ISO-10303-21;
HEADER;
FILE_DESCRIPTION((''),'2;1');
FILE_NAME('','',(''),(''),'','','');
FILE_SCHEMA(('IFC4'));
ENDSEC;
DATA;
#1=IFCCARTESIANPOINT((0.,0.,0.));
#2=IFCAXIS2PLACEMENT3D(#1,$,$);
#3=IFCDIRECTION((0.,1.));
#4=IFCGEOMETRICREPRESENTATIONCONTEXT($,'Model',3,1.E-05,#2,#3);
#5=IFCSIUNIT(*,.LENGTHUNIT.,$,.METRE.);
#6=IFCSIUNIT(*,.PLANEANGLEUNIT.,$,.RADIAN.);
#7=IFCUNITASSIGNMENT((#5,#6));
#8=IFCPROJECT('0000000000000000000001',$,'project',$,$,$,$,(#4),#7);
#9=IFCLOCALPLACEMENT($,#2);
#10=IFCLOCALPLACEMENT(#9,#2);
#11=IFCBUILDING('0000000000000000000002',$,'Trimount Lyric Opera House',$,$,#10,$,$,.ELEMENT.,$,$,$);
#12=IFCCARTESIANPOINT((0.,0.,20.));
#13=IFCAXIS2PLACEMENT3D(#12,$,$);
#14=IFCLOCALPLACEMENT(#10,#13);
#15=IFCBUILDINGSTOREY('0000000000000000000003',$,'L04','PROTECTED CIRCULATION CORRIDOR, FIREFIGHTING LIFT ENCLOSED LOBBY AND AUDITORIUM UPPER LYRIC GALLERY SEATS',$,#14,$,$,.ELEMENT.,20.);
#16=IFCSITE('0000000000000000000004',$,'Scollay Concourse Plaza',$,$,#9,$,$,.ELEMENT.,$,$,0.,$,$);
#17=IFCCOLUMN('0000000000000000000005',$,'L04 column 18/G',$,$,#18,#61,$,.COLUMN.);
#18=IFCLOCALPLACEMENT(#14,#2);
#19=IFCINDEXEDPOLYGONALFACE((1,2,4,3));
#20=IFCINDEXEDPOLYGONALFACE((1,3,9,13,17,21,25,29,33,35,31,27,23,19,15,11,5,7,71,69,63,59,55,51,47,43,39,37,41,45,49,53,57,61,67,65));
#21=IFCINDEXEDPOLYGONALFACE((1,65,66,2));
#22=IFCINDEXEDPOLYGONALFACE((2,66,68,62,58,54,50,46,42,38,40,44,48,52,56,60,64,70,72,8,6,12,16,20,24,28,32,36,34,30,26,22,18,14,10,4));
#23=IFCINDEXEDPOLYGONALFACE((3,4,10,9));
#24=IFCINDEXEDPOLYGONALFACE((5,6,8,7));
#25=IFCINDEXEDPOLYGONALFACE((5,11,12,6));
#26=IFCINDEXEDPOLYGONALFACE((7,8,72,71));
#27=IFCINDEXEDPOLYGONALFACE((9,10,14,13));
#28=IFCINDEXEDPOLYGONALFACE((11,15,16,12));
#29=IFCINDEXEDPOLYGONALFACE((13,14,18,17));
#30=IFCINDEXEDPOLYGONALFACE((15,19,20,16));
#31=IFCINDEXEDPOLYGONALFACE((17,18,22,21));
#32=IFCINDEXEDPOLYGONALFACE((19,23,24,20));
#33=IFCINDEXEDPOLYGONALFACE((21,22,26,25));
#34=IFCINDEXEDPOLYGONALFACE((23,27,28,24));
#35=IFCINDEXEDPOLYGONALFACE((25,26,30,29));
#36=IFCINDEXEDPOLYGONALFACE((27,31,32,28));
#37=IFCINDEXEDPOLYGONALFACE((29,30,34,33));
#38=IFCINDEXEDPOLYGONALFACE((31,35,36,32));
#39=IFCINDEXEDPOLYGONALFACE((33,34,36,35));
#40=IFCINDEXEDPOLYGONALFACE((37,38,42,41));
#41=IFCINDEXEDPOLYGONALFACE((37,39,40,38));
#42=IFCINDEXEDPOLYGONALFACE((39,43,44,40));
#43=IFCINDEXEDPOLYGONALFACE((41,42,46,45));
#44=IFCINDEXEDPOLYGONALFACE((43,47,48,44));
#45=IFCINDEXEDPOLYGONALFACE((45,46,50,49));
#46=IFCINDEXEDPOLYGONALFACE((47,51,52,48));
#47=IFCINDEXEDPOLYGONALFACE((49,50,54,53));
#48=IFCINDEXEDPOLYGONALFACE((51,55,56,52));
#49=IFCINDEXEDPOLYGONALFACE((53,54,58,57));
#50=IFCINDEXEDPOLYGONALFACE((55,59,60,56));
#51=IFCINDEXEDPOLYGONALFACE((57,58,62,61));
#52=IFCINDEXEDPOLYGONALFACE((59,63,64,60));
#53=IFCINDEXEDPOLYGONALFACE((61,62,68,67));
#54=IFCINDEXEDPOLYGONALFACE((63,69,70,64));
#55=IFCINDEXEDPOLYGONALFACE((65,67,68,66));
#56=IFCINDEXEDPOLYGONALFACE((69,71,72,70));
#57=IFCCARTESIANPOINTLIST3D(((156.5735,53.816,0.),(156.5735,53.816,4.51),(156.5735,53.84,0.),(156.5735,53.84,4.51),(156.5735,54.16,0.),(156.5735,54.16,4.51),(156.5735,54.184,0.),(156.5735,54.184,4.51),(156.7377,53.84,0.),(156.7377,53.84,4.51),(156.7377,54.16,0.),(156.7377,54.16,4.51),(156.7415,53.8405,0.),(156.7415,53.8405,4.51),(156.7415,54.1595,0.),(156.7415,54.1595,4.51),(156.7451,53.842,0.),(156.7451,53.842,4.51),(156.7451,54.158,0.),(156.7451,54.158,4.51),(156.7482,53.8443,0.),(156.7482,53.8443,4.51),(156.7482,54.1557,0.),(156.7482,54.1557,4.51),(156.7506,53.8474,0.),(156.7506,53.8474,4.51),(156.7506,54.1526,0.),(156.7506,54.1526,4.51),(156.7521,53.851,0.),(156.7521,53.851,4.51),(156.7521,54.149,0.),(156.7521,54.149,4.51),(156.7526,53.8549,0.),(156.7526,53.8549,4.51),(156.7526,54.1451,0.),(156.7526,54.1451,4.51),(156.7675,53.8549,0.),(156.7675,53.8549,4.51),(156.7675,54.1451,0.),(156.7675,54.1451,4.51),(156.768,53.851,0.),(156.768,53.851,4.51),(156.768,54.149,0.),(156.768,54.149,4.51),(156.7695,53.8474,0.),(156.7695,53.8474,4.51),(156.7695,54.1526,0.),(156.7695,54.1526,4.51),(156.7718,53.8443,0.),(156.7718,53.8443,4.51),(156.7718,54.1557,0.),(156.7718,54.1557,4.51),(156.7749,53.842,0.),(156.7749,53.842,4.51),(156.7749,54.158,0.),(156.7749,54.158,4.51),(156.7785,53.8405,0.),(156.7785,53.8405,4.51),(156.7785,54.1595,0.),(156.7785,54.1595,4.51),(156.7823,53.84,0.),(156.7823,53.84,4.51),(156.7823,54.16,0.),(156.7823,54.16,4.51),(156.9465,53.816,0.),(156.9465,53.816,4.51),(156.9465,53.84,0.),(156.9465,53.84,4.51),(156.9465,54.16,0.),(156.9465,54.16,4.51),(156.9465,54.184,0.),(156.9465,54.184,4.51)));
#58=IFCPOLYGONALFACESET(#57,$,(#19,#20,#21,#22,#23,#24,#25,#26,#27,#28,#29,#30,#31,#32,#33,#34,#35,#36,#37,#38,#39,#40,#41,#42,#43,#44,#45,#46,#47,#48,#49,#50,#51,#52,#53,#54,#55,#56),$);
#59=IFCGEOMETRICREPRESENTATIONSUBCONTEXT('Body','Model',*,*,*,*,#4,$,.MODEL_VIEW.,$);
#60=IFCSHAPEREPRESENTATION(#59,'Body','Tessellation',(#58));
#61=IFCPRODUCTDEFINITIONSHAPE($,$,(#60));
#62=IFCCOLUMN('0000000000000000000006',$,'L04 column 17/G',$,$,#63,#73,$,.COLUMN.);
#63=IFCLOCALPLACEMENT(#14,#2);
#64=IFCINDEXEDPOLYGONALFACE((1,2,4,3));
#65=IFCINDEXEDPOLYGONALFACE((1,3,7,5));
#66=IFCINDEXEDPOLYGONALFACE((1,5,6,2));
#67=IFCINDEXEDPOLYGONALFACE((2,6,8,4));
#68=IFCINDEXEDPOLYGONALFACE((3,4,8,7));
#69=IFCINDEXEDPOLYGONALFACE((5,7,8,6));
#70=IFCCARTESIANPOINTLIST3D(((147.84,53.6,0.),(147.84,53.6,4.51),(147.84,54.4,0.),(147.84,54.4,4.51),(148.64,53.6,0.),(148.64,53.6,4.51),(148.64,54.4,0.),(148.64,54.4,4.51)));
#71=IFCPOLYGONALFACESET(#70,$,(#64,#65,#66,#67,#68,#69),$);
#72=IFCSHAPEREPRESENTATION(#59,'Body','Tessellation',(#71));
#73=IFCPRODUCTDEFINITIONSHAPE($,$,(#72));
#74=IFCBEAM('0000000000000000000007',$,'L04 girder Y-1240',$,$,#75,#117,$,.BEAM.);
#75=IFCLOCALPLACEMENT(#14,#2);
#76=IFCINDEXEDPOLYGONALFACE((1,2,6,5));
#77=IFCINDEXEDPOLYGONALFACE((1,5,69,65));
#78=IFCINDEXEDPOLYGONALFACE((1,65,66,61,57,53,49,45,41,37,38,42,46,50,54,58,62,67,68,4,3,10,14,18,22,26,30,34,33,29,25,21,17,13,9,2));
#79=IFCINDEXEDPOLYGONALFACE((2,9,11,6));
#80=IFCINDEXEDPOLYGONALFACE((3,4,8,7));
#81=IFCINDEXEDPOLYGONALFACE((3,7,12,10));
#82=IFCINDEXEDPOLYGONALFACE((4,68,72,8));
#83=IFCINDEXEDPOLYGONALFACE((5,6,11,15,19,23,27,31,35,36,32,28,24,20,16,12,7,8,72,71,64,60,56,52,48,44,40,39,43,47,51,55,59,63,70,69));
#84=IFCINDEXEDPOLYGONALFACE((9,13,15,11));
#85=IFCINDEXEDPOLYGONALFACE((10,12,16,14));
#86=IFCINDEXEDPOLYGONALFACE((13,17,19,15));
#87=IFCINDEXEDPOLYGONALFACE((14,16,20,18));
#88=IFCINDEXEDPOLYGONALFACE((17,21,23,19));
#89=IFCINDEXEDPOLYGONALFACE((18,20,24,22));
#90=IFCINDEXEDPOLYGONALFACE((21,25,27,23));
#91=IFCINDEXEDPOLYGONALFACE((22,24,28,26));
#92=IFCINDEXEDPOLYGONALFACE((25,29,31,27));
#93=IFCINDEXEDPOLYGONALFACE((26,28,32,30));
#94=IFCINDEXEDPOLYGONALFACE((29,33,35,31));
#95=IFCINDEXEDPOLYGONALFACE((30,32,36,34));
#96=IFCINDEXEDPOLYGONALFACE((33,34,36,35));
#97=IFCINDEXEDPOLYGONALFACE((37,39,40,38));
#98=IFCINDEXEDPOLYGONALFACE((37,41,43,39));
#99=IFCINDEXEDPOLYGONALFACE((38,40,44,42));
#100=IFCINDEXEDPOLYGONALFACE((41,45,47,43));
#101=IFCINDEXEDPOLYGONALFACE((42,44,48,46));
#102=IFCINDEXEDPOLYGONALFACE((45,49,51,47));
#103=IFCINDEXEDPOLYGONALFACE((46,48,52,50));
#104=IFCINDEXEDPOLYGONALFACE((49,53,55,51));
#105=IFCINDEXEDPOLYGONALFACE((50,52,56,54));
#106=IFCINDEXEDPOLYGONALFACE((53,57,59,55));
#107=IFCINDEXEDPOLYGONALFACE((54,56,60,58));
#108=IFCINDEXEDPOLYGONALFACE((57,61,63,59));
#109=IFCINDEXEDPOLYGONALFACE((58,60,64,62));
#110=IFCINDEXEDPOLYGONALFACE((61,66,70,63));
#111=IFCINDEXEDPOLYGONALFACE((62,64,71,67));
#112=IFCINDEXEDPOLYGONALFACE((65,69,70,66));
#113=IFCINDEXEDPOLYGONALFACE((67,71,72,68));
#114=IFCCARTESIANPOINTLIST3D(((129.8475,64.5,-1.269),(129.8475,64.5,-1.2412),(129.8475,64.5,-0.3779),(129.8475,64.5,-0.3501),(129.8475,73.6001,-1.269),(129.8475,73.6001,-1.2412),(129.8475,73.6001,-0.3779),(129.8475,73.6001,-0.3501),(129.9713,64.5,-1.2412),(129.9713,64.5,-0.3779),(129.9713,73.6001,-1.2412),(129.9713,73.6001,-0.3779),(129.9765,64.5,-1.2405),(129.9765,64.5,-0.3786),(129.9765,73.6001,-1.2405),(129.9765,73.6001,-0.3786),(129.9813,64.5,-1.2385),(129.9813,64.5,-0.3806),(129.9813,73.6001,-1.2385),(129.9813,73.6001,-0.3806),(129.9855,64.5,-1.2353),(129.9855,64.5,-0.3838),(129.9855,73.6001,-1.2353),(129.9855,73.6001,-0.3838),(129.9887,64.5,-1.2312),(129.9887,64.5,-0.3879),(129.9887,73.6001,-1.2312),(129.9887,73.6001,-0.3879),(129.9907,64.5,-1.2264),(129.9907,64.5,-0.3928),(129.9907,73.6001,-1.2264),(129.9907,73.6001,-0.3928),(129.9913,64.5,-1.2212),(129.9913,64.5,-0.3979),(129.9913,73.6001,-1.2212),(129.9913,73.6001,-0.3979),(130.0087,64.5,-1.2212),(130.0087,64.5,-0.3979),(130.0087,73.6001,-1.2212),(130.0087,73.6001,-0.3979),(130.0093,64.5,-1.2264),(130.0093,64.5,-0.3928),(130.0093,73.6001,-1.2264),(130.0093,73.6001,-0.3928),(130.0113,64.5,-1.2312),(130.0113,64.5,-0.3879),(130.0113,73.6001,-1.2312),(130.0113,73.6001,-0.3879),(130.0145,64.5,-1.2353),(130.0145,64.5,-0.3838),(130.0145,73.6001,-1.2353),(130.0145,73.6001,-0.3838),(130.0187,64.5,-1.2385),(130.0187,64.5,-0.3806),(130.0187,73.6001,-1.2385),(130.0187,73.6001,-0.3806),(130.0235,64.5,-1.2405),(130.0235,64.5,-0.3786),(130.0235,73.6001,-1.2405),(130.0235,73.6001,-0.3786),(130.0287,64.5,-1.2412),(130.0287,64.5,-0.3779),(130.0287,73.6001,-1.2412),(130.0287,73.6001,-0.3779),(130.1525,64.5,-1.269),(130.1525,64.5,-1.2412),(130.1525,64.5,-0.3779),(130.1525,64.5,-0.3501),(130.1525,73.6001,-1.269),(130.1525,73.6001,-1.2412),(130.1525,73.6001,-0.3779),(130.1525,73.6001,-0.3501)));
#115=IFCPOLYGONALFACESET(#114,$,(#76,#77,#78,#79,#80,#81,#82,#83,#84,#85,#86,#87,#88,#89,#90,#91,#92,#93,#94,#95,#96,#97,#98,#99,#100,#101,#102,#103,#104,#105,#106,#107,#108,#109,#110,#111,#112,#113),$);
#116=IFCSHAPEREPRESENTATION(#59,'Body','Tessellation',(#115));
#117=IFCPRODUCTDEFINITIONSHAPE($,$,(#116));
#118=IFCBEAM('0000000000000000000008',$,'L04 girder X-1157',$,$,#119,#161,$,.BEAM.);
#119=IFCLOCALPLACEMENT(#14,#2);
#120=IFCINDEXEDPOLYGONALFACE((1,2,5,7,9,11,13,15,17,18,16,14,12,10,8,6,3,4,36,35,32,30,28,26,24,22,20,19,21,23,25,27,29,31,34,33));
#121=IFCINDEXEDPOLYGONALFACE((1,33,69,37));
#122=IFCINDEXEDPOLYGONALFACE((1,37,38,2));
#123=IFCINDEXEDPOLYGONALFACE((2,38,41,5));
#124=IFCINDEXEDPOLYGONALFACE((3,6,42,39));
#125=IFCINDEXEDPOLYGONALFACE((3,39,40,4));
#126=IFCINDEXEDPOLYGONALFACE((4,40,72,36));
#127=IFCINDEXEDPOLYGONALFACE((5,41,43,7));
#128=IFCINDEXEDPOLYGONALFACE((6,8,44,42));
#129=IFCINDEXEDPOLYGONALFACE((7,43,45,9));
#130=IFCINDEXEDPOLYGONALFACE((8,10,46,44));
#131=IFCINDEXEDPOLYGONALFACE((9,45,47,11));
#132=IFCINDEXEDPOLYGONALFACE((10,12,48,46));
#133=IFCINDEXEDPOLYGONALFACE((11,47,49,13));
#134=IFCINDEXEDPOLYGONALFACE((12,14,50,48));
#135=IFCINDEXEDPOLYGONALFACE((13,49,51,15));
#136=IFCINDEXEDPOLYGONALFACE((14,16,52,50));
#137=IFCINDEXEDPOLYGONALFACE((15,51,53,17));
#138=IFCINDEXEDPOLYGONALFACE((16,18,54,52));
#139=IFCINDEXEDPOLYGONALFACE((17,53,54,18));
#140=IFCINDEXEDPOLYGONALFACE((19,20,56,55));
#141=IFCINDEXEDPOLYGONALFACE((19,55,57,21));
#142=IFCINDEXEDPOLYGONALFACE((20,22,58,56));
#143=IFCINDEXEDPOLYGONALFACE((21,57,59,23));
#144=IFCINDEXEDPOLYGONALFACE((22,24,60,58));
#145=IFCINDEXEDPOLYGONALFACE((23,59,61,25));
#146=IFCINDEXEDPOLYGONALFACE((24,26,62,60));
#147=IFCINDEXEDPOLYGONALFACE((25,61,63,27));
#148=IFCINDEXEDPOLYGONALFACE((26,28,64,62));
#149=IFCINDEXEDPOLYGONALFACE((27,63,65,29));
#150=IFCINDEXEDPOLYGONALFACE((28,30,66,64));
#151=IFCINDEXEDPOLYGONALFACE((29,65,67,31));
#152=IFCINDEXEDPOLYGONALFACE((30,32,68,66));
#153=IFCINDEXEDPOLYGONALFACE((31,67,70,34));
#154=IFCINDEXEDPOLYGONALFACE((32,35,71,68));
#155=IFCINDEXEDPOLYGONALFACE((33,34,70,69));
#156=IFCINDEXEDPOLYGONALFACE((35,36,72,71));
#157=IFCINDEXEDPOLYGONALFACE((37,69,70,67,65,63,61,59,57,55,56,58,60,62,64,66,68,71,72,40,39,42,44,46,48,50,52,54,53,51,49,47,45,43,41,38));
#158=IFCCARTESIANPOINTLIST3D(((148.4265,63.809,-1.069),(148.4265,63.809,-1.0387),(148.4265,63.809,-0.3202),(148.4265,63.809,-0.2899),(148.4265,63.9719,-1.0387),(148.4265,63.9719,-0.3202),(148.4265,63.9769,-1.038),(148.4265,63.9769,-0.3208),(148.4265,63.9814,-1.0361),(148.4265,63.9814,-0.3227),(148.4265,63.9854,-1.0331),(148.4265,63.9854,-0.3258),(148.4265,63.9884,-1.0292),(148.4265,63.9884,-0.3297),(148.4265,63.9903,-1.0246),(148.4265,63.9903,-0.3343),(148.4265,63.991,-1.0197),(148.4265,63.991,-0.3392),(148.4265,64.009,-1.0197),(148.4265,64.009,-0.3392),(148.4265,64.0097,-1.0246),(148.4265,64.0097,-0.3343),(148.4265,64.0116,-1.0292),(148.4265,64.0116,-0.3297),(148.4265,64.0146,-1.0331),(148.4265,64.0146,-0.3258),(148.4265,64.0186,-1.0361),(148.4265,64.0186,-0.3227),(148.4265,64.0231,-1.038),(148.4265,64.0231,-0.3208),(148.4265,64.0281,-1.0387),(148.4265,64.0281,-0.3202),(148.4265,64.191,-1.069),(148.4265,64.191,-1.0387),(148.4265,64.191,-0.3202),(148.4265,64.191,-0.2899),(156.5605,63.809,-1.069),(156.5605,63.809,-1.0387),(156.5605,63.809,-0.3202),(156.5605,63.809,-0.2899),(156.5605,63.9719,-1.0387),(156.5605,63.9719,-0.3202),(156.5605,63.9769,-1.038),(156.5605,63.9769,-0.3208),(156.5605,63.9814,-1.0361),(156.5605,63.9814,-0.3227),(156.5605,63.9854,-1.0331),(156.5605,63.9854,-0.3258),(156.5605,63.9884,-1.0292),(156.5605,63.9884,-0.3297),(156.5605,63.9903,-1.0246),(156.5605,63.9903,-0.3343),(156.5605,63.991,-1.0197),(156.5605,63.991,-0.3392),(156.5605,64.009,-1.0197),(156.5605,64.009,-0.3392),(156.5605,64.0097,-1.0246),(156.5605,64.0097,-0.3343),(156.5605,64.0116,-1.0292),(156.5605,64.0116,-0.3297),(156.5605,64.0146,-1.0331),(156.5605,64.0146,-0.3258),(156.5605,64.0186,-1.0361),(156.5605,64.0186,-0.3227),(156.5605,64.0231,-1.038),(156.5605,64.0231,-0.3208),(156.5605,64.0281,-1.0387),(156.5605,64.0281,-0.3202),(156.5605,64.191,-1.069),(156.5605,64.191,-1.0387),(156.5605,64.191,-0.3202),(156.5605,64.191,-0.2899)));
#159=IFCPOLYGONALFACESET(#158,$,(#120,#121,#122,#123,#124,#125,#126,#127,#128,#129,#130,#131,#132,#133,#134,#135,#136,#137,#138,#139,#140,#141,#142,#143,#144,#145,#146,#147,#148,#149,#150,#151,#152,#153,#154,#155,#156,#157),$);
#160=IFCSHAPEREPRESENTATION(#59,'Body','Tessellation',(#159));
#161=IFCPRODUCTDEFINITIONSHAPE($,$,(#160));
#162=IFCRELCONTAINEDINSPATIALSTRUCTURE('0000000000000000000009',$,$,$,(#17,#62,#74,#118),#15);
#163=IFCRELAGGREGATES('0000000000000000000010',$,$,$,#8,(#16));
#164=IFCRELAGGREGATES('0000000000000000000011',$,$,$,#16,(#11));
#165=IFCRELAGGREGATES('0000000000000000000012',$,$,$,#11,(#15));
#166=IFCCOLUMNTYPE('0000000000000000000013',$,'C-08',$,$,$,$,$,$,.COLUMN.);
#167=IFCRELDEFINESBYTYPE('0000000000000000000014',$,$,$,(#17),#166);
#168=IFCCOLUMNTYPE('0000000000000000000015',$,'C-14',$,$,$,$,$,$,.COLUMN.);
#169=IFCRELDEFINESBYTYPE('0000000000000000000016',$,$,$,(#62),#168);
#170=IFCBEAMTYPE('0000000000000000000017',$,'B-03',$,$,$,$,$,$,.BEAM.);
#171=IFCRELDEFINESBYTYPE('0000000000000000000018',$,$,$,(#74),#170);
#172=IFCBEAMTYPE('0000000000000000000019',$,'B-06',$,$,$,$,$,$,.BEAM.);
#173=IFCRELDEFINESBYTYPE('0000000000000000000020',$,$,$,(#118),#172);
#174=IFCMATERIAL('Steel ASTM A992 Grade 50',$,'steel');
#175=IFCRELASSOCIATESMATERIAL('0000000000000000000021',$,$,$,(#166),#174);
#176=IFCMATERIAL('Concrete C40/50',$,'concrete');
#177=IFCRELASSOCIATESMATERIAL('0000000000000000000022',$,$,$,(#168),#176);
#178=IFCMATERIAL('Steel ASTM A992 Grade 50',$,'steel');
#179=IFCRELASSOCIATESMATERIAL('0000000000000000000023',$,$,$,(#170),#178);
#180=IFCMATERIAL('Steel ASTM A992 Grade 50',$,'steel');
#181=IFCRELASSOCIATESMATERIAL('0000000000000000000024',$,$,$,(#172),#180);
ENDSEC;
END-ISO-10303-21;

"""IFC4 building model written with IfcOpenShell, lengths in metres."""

from ifc_helpers import new_model, si_unit, direction, frame, origin, origin_2d, place, context, subcontext, project, spatial, rectangle, i_section, extrude, material, material_profile, profile_set, type_object, element, save


model = new_model("IFC4")

# Units and contexts
model_context = context("Model", 3, precision=1e-05, world=origin(), true_north=direction((0.0, 1.0)))
body_context = subcontext(model_context, "Body", "Model", "MODEL_VIEW")
ifc_project = project(units=[si_unit("LENGTHUNIT", "METRE"), si_unit("PLANEANGLEUNIT", "RADIAN")], contexts=[model_context])

# Site, building, storey
site_placement = place(None, origin())
site = spatial("IfcSite", under=ifc_project, at=site_placement, Name="Scollay Concourse Plaza", CompositionType="ELEMENT", RefElevation=0.0)
building_placement = place(site_placement, origin())
building = spatial("IfcBuilding", under=site, at=building_placement, Name="Trimount Lyric Opera House", CompositionType="ELEMENT")
storey_placement = place(building_placement, frame((0.0, 0.0, 20.0)))
storey = spatial("IfcBuildingStorey", under=building, at=storey_placement, Name="L04", Description="PROTECTED CIRCULATION CORRIDOR, FIREFIGHTING LIFT ENCLOSED LOBBY AND AUDITORIUM UPPER LYRIC GALLERY SEATS", CompositionType="ELEMENT", Elevation=20.0)

# Columns
ifc_material_1 = material(Name="Steel ASTM A992 Grade 50", Category="steel")
ifc_material_profile_1 = material_profile(ifc_material_1, i_section(OverallWidth=0.373, OverallDepth=0.3679, WebThickness=0.0149, FlangeThickness=0.0239, FilletRadius=0.0149, at=origin_2d()), Name="W14X120")
ifc_profile_set_1 = profile_set([ifc_material_profile_1], Name="Steel ASTM A992 Grade 50")
column_type_1 = type_object("IfcColumnType", Name="C-08", PredefinedType="COLUMN", material=ifc_profile_set_1)
column_1_placement = place(storey_placement, frame((156.76, 54.0, 0.0), z_axis=(0.0, 0.0, 1.0), x_axis=(1.0, 0.0, 0.0)))
element("IfcColumn", 1, at=column_1_placement, inside=storey, type_object=column_type_1, Name="L04 column 18/G", PredefinedType="COLUMN", context=body_context, shape_type="SweptSolid", body=[
    extrude(i_section(OverallWidth=0.373, OverallDepth=0.3679, WebThickness=0.0149, FlangeThickness=0.0239, FilletRadius=0.0149, at=origin_2d()), origin(), (0.0, 0.0, 1.0), 4.51),
])
ifc_material_2 = material(Name="Concrete C40/50", Category="concrete")
ifc_material_profile_2 = material_profile(ifc_material_2, rectangle(XDim=0.8, YDim=0.8, at=origin_2d()), Name="RC800X800")
ifc_profile_set_2 = profile_set([ifc_material_profile_2], Name="Concrete C40/50")
column_type_2 = type_object("IfcColumnType", Name="C-14", PredefinedType="COLUMN", material=ifc_profile_set_2)
column_2_placement = place(storey_placement, frame((148.24, 54.0, 0.0), z_axis=(0.0, 0.0, 1.0), x_axis=(1.0, 0.0, 0.0)))
element("IfcColumn", 2, at=column_2_placement, inside=storey, type_object=column_type_2, Name="L04 column 17/G", PredefinedType="COLUMN", context=body_context, shape_type="SweptSolid", body=[
    extrude(rectangle(XDim=0.8, YDim=0.8, at=origin_2d()), origin(), (0.0, 0.0, 1.0), 4.51),
])

# Beams
ifc_material_3 = material(Name="Steel ASTM A992 Grade 50", Category="steel")
ifc_material_profile_3 = material_profile(ifc_material_3, i_section(OverallWidth=0.3049, OverallDepth=0.9189, WebThickness=0.0173, FlangeThickness=0.0278, FilletRadius=0.02, at=origin_2d()), Name="W36X170")
ifc_profile_set_3 = profile_set([ifc_material_profile_3], Name="Steel ASTM A992 Grade 50")
beam_type_1 = type_object("IfcBeamType", Name="B-03", PredefinedType="BEAM", material=ifc_profile_set_3)
beam_1_placement = place(storey_placement, frame((130.0, 64.5, -0.8096), z_axis=(0.0, 1.0, 0.0), x_axis=(-1.0, 0.0, 0.0)))
element("IfcBeam", 3, at=beam_1_placement, inside=storey, type_object=beam_type_1, Name="L04 girder Y-1240", PredefinedType="BEAM", context=body_context, shape_type="SweptSolid", body=[
    extrude(i_section(OverallWidth=0.3049, OverallDepth=0.9189, WebThickness=0.0173, FlangeThickness=0.0278, FilletRadius=0.02, at=origin_2d()), origin(), (0.0, 0.0, 1.0), 9.1001),
])
ifc_material_4 = material(Name="Steel ASTM A992 Grade 50", Category="steel")
ifc_material_profile_4 = material_profile(ifc_material_4, i_section(OverallWidth=0.3821, OverallDepth=0.7791, WebThickness=0.0181, FlangeThickness=0.0303, FilletRadius=0.019, at=origin_2d()), Name="W30X191")
ifc_profile_set_4 = profile_set([ifc_material_profile_4], Name="Steel ASTM A992 Grade 50")
beam_type_2 = type_object("IfcBeamType", Name="B-06", PredefinedType="BEAM", material=ifc_profile_set_4)
beam_2_placement = place(storey_placement, frame((148.4265, 64.0, -0.6794), z_axis=(1.0, 0.0, 0.0), x_axis=(0.0, 1.0, 0.0)))
element("IfcBeam", 4, at=beam_2_placement, inside=storey, type_object=beam_type_2, Name="L04 girder X-1157", PredefinedType="BEAM", context=body_context, shape_type="SweptSolid", body=[
    extrude(i_section(OverallWidth=0.3821, OverallDepth=0.7791, WebThickness=0.0181, FlangeThickness=0.0303, FilletRadius=0.019, at=origin_2d()), origin(), (0.0, 0.0, 1.0), 8.134),
])

save(model, "model.ifc")
